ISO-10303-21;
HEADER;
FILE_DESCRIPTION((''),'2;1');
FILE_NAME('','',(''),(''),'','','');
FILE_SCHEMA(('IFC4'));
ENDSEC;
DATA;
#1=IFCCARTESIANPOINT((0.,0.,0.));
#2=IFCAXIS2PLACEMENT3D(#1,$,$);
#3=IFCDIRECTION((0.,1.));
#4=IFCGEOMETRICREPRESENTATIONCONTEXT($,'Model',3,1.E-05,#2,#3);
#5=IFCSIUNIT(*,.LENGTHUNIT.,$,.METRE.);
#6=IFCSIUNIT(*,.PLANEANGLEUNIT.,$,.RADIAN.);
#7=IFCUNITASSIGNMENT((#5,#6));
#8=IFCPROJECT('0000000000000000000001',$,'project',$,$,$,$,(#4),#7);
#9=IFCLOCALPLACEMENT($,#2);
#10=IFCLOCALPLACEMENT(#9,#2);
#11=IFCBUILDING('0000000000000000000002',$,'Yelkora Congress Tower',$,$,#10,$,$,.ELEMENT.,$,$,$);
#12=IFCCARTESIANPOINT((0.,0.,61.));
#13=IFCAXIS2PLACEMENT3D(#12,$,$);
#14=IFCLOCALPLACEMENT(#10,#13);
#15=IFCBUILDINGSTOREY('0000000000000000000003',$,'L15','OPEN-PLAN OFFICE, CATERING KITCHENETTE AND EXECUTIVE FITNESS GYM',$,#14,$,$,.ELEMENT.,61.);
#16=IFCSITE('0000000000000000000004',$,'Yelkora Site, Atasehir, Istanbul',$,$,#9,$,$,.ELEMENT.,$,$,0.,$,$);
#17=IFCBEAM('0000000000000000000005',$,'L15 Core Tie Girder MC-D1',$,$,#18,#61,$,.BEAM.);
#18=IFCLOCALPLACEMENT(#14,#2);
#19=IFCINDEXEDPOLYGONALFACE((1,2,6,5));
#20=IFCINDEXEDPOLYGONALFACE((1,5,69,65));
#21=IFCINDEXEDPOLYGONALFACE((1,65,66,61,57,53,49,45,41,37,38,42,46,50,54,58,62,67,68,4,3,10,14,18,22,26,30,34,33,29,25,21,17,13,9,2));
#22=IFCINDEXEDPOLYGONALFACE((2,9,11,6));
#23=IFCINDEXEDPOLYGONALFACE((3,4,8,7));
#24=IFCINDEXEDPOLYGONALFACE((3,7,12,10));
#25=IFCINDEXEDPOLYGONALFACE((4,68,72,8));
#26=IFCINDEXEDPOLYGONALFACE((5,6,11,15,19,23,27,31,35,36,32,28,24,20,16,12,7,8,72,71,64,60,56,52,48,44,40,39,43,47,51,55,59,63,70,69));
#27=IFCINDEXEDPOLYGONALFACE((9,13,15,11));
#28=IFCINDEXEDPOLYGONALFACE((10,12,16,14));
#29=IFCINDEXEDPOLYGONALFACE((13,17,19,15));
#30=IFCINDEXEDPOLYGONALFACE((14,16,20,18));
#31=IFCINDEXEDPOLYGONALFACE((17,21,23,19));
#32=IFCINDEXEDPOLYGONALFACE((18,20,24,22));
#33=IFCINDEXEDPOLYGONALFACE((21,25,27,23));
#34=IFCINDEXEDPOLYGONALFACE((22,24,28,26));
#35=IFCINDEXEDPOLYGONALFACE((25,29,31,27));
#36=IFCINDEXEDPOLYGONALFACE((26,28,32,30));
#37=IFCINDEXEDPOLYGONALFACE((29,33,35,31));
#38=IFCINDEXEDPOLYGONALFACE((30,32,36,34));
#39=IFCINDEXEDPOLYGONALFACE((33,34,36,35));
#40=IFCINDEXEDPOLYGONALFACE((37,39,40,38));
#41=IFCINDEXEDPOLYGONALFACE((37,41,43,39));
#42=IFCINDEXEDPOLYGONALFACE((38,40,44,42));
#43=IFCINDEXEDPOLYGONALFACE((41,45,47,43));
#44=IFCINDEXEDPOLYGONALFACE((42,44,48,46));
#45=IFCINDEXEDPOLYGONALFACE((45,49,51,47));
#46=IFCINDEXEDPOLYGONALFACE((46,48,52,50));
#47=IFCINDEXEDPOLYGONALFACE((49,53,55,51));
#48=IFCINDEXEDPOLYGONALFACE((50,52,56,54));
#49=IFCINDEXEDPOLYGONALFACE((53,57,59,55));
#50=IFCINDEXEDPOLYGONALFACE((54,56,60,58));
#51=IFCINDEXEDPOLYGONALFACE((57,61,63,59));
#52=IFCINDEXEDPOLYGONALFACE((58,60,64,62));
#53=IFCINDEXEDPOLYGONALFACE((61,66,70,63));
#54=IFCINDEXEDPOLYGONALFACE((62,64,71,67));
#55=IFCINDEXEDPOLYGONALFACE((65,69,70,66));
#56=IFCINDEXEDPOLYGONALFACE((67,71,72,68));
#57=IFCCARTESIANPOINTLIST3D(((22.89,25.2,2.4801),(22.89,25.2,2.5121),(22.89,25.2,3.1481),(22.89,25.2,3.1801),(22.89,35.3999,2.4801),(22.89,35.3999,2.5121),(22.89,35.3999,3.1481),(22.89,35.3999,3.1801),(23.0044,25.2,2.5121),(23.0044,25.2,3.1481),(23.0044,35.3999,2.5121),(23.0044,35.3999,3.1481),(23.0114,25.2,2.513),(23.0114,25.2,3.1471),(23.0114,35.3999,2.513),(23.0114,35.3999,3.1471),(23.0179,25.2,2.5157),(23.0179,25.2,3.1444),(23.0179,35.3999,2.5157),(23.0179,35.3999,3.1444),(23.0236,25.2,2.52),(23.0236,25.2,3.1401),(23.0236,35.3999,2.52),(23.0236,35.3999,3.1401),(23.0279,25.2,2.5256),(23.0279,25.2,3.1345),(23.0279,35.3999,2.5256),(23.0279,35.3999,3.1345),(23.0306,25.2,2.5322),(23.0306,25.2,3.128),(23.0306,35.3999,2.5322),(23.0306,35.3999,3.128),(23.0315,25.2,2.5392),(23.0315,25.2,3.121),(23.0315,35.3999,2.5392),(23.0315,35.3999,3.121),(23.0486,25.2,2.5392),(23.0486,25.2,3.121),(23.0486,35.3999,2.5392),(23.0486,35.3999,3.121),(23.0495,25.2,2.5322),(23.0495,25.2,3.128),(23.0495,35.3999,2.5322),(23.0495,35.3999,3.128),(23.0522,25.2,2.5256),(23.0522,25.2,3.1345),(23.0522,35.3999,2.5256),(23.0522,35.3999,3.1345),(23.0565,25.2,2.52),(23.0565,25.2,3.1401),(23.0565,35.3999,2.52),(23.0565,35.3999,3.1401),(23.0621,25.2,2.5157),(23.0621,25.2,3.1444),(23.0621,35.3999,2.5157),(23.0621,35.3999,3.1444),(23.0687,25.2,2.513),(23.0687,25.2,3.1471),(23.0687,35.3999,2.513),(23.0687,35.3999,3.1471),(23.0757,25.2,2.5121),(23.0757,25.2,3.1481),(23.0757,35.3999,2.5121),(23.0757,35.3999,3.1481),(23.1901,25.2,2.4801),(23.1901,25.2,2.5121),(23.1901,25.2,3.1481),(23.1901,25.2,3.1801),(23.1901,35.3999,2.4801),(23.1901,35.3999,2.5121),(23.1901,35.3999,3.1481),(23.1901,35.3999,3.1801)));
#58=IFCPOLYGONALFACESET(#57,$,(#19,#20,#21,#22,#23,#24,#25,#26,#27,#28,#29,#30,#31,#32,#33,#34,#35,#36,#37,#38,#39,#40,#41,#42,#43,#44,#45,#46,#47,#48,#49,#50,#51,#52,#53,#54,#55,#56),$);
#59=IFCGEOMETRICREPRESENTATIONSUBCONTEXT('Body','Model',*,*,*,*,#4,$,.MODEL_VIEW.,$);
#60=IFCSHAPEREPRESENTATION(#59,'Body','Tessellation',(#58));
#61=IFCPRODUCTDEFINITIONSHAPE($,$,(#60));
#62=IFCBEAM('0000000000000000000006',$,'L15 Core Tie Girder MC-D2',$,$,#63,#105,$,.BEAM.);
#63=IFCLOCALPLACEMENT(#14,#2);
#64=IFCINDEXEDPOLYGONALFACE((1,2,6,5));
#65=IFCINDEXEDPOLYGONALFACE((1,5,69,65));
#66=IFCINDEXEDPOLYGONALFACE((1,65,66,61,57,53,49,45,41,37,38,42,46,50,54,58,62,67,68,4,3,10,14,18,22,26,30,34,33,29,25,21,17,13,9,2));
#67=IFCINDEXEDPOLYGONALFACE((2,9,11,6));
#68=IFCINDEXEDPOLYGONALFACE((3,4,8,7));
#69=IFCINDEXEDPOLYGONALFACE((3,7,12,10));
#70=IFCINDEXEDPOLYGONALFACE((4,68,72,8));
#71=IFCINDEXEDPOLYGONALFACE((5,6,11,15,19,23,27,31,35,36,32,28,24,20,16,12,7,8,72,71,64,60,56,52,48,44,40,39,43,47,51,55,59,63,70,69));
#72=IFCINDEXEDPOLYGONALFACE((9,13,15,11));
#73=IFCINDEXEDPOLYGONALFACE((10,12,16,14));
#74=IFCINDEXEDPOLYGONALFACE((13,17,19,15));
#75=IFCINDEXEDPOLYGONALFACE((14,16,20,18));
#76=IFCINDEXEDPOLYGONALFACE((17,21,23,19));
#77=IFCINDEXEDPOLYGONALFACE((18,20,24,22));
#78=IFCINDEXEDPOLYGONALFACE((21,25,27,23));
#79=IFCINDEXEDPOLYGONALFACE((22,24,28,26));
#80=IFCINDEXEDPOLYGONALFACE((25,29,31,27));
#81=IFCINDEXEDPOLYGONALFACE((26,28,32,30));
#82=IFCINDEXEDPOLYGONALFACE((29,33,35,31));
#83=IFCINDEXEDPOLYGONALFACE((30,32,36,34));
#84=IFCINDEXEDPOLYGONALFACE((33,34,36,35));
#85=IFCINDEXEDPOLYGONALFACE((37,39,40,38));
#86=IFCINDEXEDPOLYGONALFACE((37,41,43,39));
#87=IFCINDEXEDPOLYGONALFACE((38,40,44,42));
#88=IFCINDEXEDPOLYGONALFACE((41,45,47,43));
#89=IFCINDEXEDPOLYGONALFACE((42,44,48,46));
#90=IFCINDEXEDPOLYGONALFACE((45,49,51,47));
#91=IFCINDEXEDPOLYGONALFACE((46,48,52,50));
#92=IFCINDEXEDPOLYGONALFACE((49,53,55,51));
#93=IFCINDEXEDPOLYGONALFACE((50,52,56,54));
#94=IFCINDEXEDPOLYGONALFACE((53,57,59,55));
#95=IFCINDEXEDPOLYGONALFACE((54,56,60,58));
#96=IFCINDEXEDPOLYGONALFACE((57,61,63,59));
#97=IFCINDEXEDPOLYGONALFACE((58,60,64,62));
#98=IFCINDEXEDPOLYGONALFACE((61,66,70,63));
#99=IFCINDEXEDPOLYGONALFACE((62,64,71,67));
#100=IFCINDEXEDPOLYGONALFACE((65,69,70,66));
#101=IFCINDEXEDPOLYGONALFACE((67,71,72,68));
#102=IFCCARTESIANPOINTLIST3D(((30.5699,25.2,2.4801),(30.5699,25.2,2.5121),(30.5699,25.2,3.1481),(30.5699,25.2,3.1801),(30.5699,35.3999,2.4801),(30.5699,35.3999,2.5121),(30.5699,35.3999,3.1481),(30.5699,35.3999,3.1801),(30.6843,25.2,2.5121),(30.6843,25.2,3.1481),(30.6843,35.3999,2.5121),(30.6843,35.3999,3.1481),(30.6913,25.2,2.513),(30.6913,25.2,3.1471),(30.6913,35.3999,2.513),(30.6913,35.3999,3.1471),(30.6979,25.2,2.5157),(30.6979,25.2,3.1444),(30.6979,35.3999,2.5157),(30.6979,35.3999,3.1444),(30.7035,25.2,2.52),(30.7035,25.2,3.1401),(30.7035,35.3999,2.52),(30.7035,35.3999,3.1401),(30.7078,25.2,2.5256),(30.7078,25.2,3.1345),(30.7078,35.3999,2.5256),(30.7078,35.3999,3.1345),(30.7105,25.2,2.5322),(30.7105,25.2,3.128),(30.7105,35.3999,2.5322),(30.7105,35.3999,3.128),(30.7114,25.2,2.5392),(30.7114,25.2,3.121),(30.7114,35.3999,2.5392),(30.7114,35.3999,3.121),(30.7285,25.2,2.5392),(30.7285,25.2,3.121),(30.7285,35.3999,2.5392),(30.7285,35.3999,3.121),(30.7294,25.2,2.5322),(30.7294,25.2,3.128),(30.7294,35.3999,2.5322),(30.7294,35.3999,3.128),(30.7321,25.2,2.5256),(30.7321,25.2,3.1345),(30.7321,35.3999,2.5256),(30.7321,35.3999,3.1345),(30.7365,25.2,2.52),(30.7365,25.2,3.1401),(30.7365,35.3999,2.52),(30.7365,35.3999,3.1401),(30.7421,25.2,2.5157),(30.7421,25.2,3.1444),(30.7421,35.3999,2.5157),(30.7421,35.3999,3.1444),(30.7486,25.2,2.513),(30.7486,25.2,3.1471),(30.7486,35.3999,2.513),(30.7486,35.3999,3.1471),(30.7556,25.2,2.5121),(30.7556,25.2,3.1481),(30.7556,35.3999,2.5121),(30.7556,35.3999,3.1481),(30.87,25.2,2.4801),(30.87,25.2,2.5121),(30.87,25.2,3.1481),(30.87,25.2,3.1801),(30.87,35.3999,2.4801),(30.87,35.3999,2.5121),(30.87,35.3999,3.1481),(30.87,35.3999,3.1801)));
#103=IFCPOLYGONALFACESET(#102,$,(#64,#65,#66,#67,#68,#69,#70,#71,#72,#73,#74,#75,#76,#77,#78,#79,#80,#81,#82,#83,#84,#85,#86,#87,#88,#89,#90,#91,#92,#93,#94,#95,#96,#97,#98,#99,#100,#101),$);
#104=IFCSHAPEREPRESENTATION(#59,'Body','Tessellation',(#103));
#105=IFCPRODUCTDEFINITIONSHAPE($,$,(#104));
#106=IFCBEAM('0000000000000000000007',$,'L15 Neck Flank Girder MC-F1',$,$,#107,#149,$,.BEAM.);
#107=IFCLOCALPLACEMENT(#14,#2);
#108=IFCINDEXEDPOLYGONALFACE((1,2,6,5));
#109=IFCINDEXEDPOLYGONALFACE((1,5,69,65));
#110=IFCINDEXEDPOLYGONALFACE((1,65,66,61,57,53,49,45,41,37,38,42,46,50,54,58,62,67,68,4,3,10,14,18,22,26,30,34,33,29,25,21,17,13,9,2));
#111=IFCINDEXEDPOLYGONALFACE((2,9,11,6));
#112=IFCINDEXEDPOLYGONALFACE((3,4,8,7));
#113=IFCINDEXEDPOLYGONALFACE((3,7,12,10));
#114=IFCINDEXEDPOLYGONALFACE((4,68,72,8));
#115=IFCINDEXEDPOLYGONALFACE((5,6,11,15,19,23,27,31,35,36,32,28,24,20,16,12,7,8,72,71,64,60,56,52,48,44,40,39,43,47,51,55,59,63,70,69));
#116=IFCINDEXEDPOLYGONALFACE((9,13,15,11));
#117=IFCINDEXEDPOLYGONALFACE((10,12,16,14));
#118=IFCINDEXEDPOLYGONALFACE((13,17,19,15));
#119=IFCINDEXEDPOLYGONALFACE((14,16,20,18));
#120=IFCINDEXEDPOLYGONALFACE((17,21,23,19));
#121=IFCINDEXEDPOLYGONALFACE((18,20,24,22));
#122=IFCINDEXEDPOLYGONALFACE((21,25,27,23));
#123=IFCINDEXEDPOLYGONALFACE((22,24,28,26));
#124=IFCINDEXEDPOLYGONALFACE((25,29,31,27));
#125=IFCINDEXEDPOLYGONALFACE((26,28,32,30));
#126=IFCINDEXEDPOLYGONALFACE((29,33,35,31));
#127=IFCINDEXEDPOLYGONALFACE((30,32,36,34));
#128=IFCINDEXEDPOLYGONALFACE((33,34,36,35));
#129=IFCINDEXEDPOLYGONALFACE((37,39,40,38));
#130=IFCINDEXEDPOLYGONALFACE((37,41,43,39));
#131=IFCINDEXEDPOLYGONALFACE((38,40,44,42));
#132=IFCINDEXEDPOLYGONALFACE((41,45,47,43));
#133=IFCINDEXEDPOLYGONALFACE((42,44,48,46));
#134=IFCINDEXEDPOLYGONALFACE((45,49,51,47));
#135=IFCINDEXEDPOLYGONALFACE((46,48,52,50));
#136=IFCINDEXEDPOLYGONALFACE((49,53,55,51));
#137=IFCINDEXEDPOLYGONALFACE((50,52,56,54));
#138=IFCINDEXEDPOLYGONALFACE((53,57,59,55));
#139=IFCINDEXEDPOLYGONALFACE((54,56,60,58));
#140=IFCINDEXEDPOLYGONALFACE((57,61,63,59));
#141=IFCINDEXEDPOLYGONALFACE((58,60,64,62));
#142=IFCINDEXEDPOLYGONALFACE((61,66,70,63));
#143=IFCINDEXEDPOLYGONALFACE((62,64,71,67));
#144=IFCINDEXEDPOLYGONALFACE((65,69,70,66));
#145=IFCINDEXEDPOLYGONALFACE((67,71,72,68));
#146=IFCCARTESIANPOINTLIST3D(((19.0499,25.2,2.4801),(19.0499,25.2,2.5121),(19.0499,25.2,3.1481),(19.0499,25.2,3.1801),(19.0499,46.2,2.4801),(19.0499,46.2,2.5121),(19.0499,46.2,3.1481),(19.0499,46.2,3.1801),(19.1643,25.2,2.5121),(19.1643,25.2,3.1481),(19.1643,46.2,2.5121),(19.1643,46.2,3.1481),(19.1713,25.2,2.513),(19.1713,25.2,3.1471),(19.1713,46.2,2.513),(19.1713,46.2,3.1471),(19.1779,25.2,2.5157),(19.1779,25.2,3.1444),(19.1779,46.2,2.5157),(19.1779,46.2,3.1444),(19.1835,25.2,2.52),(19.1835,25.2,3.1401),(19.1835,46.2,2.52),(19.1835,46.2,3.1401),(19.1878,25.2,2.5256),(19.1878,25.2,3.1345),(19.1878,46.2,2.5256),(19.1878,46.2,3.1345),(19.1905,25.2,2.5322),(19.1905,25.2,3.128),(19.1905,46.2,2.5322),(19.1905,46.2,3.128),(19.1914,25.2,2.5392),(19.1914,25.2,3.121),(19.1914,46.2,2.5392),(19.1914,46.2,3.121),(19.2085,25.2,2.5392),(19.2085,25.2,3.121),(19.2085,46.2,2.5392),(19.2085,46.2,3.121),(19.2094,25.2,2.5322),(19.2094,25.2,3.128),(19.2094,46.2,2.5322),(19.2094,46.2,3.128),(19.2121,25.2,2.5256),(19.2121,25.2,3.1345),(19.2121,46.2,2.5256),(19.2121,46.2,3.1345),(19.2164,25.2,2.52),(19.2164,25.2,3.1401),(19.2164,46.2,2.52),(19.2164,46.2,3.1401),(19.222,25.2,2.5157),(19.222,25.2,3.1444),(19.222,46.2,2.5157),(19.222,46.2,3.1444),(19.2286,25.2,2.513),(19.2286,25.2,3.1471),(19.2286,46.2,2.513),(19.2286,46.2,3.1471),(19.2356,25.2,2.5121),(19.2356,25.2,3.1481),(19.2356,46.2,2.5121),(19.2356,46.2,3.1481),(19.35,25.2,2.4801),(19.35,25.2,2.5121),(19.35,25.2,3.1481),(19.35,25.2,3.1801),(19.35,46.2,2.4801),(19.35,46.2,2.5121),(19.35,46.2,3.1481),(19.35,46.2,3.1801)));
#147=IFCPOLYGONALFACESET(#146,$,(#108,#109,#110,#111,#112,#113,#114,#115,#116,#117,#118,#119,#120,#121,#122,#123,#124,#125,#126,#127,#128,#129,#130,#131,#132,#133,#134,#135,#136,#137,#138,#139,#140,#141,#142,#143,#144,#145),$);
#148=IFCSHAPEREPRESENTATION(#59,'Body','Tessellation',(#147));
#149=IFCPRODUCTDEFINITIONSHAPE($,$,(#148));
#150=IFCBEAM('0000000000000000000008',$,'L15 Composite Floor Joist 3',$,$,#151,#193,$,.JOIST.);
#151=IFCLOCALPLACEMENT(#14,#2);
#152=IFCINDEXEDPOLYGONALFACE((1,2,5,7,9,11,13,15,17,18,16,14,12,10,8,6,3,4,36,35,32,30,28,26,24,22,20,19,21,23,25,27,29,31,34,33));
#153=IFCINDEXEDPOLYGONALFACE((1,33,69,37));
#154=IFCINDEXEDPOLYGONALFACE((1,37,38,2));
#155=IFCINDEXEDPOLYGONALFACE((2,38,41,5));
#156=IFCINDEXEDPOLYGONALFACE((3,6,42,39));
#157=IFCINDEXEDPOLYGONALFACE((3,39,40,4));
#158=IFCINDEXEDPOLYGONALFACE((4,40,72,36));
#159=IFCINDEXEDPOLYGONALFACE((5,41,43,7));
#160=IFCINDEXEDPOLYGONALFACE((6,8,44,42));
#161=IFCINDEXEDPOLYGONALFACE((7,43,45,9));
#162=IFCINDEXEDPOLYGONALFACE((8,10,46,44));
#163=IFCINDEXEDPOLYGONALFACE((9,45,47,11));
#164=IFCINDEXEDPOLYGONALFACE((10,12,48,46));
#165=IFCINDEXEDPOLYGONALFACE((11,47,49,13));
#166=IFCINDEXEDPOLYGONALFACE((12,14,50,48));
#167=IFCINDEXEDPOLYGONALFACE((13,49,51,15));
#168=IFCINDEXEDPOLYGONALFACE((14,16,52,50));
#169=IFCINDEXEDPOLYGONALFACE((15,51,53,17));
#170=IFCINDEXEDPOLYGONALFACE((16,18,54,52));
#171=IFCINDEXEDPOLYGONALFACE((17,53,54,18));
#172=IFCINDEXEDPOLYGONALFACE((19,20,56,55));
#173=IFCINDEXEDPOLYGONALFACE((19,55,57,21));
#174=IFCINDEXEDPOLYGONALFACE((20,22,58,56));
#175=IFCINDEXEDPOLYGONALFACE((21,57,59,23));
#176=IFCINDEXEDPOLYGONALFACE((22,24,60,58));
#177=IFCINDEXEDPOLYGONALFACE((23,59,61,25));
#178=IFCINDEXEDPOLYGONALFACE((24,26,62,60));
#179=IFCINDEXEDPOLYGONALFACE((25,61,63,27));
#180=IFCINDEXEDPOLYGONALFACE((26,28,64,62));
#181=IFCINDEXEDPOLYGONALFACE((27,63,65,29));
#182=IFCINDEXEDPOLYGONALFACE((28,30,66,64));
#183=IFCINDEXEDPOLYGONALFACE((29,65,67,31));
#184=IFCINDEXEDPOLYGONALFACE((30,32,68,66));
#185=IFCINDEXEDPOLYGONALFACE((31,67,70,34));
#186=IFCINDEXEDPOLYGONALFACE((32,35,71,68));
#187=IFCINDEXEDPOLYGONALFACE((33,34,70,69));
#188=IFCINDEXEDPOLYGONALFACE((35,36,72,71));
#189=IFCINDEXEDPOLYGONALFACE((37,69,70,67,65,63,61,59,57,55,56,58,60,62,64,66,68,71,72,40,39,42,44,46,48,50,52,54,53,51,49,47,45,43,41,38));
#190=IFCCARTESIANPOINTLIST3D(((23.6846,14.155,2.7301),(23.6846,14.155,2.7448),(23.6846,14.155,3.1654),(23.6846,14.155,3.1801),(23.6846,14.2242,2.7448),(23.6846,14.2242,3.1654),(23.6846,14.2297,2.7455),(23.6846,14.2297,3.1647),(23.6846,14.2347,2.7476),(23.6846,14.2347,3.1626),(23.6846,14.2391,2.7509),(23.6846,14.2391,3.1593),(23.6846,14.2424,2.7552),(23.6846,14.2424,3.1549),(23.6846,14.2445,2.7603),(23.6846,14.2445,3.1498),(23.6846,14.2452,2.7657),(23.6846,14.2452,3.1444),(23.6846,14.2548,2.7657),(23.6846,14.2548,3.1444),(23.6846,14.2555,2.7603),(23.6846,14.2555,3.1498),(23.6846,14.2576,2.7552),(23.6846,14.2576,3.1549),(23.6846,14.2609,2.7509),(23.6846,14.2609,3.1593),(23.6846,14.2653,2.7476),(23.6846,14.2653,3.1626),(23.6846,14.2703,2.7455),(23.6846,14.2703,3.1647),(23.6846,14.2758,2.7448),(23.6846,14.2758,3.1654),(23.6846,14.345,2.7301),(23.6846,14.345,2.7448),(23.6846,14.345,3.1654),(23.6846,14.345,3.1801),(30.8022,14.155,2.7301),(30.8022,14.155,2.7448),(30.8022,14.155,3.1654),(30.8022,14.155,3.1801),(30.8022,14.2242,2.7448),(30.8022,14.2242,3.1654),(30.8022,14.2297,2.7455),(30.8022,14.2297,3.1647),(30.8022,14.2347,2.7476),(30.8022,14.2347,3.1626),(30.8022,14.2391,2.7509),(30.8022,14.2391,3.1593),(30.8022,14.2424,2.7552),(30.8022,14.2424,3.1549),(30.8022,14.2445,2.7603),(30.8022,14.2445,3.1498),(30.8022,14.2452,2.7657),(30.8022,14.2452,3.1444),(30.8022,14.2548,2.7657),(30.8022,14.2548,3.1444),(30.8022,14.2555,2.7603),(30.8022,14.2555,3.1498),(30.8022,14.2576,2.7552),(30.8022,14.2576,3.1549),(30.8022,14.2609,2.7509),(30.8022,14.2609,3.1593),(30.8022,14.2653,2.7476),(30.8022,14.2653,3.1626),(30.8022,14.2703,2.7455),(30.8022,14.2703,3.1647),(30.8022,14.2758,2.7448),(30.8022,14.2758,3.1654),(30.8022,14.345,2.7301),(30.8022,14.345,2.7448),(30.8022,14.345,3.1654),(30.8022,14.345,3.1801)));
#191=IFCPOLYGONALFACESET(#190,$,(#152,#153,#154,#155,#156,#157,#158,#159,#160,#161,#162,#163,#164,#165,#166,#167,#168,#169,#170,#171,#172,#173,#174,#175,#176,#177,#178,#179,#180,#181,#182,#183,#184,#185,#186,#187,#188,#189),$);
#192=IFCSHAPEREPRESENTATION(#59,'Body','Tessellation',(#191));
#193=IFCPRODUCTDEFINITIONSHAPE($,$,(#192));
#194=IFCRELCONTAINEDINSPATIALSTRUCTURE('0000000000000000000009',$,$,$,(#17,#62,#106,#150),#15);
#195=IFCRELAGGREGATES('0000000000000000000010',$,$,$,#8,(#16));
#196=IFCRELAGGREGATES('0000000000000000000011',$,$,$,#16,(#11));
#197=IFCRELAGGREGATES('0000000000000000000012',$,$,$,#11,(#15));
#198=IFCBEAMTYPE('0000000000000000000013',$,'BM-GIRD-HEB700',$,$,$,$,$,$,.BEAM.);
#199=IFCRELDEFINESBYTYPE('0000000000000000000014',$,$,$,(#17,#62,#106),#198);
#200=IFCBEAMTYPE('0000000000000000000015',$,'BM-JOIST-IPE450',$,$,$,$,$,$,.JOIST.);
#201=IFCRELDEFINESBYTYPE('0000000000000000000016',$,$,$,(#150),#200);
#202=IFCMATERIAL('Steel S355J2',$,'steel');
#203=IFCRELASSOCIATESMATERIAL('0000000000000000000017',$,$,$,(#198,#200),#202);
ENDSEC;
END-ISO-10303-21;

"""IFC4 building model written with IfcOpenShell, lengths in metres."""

from ifc_helpers import new_model, si_unit, direction, frame, origin, origin_2d, place, context, subcontext, project, spatial, i_section, extrude, material, material_profile, profile_set, type_object, element, save


model = new_model("IFC4")

# Units and contexts
model_context = context("Model", 3, precision=1e-05, world=origin(), true_north=direction((0.0, 1.0)))
body_context = subcontext(model_context, "Body", "Model", "MODEL_VIEW")
ifc_project = project(units=[si_unit("LENGTHUNIT", "METRE"), si_unit("PLANEANGLEUNIT", "RADIAN")], contexts=[model_context])

# Site, building, storey
site_placement = place(None, origin())
site = spatial("IfcSite", under=ifc_project, at=site_placement, Name="Yelkora Site, Atasehir, Istanbul", CompositionType="ELEMENT", RefElevation=0.0)
building_placement = place(site_placement, origin())
building = spatial("IfcBuilding", under=site, at=building_placement, Name="Yelkora Congress Tower", CompositionType="ELEMENT")
storey_placement = place(building_placement, frame((0.0, 0.0, 61.0)))
storey = spatial("IfcBuildingStorey", under=building, at=storey_placement, Name="L15", Description="OPEN-PLAN OFFICE, CATERING KITCHENETTE AND EXECUTIVE FITNESS GYM", CompositionType="ELEMENT", Elevation=61.0)

# Beams
ifc_material_1 = material(Name="Steel S355J2", Category="steel")
ifc_material_profile_1 = material_profile(ifc_material_1, i_section(OverallWidth=0.3, OverallDepth=0.7, WebThickness=0.0171, FlangeThickness=0.032, FilletRadius=0.0271, at=origin_2d()), Name="HEB 700")
ifc_profile_set_1 = profile_set([ifc_material_profile_1], Name="Steel S355J2")
beam_type_1 = type_object("IfcBeamType", Name="BM-GIRD-HEB700", PredefinedType="BEAM", material=ifc_profile_set_1)
for number, where, z_axis, x_axis, name in (
    (1, (23.04, 25.2, 2.8301), (0.0, 1.0, 0.0), (-1.0, 0.0, 0.0), "L15 Core Tie Girder MC-D1"),
    (2, (30.72, 25.2, 2.8301), (0.0, 1.0, 0.0), (-1.0, 0.0, 0.0), "L15 Core Tie Girder MC-D2"),
):
    element("IfcBeam", number, at=place(storey_placement, frame(where, z_axis=z_axis, x_axis=x_axis)), inside=storey, type_object=beam_type_1, Name=name, PredefinedType="BEAM", context=body_context, shape_type="SweptSolid", body=[
        extrude(i_section(OverallWidth=0.3, OverallDepth=0.7, WebThickness=0.0171, FlangeThickness=0.032, FilletRadius=0.0271, at=origin_2d()), origin(), (0.0, 0.0, 1.0), 10.2),
    ])
beam_1_placement = place(storey_placement, frame((19.2, 25.2, 2.8301), z_axis=(0.0, 1.0, 0.0), x_axis=(-1.0, 0.0, 0.0)))
element("IfcBeam", 3, at=beam_1_placement, inside=storey, type_object=beam_type_1, Name="L15 Neck Flank Girder MC-F1", PredefinedType="BEAM", context=body_context, shape_type="SweptSolid", body=[
    extrude(i_section(OverallWidth=0.3, OverallDepth=0.7, WebThickness=0.0171, FlangeThickness=0.032, FilletRadius=0.0271, at=origin_2d()), origin(), (0.0, 0.0, 1.0), 21.0),
])
ifc_material_profile_2 = material_profile(ifc_material_1, i_section(OverallWidth=0.1899, OverallDepth=0.45, WebThickness=0.0095, FlangeThickness=0.0146, FilletRadius=0.021, at=origin_2d()), Name="IPE 450")
ifc_profile_set_2 = profile_set([ifc_material_profile_2], Name="Steel S355J2")
beam_type_2 = type_object("IfcBeamType", Name="BM-JOIST-IPE450", PredefinedType="JOIST", material=ifc_profile_set_2)
for number, where, z_axis, x_axis, name in (
    (4, (23.6846, 14.25, 2.9551), (1.0, 0.0, 0.0), (0.0, 1.0, 0.0), "L15 Composite Floor Joist 3"),
):
    element("IfcBeam", number, at=place(storey_placement, frame(where, z_axis=z_axis, x_axis=x_axis)), inside=storey, type_object=beam_type_2, Name=name, PredefinedType="JOIST", context=body_context, shape_type="SweptSolid", body=[
        extrude(i_section(OverallWidth=0.1899, OverallDepth=0.45, WebThickness=0.0095, FlangeThickness=0.0146, FilletRadius=0.021, at=origin_2d()), origin(), (0.0, 0.0, 1.0), 7.1177),
    ])

save(model, "model.ifc")
